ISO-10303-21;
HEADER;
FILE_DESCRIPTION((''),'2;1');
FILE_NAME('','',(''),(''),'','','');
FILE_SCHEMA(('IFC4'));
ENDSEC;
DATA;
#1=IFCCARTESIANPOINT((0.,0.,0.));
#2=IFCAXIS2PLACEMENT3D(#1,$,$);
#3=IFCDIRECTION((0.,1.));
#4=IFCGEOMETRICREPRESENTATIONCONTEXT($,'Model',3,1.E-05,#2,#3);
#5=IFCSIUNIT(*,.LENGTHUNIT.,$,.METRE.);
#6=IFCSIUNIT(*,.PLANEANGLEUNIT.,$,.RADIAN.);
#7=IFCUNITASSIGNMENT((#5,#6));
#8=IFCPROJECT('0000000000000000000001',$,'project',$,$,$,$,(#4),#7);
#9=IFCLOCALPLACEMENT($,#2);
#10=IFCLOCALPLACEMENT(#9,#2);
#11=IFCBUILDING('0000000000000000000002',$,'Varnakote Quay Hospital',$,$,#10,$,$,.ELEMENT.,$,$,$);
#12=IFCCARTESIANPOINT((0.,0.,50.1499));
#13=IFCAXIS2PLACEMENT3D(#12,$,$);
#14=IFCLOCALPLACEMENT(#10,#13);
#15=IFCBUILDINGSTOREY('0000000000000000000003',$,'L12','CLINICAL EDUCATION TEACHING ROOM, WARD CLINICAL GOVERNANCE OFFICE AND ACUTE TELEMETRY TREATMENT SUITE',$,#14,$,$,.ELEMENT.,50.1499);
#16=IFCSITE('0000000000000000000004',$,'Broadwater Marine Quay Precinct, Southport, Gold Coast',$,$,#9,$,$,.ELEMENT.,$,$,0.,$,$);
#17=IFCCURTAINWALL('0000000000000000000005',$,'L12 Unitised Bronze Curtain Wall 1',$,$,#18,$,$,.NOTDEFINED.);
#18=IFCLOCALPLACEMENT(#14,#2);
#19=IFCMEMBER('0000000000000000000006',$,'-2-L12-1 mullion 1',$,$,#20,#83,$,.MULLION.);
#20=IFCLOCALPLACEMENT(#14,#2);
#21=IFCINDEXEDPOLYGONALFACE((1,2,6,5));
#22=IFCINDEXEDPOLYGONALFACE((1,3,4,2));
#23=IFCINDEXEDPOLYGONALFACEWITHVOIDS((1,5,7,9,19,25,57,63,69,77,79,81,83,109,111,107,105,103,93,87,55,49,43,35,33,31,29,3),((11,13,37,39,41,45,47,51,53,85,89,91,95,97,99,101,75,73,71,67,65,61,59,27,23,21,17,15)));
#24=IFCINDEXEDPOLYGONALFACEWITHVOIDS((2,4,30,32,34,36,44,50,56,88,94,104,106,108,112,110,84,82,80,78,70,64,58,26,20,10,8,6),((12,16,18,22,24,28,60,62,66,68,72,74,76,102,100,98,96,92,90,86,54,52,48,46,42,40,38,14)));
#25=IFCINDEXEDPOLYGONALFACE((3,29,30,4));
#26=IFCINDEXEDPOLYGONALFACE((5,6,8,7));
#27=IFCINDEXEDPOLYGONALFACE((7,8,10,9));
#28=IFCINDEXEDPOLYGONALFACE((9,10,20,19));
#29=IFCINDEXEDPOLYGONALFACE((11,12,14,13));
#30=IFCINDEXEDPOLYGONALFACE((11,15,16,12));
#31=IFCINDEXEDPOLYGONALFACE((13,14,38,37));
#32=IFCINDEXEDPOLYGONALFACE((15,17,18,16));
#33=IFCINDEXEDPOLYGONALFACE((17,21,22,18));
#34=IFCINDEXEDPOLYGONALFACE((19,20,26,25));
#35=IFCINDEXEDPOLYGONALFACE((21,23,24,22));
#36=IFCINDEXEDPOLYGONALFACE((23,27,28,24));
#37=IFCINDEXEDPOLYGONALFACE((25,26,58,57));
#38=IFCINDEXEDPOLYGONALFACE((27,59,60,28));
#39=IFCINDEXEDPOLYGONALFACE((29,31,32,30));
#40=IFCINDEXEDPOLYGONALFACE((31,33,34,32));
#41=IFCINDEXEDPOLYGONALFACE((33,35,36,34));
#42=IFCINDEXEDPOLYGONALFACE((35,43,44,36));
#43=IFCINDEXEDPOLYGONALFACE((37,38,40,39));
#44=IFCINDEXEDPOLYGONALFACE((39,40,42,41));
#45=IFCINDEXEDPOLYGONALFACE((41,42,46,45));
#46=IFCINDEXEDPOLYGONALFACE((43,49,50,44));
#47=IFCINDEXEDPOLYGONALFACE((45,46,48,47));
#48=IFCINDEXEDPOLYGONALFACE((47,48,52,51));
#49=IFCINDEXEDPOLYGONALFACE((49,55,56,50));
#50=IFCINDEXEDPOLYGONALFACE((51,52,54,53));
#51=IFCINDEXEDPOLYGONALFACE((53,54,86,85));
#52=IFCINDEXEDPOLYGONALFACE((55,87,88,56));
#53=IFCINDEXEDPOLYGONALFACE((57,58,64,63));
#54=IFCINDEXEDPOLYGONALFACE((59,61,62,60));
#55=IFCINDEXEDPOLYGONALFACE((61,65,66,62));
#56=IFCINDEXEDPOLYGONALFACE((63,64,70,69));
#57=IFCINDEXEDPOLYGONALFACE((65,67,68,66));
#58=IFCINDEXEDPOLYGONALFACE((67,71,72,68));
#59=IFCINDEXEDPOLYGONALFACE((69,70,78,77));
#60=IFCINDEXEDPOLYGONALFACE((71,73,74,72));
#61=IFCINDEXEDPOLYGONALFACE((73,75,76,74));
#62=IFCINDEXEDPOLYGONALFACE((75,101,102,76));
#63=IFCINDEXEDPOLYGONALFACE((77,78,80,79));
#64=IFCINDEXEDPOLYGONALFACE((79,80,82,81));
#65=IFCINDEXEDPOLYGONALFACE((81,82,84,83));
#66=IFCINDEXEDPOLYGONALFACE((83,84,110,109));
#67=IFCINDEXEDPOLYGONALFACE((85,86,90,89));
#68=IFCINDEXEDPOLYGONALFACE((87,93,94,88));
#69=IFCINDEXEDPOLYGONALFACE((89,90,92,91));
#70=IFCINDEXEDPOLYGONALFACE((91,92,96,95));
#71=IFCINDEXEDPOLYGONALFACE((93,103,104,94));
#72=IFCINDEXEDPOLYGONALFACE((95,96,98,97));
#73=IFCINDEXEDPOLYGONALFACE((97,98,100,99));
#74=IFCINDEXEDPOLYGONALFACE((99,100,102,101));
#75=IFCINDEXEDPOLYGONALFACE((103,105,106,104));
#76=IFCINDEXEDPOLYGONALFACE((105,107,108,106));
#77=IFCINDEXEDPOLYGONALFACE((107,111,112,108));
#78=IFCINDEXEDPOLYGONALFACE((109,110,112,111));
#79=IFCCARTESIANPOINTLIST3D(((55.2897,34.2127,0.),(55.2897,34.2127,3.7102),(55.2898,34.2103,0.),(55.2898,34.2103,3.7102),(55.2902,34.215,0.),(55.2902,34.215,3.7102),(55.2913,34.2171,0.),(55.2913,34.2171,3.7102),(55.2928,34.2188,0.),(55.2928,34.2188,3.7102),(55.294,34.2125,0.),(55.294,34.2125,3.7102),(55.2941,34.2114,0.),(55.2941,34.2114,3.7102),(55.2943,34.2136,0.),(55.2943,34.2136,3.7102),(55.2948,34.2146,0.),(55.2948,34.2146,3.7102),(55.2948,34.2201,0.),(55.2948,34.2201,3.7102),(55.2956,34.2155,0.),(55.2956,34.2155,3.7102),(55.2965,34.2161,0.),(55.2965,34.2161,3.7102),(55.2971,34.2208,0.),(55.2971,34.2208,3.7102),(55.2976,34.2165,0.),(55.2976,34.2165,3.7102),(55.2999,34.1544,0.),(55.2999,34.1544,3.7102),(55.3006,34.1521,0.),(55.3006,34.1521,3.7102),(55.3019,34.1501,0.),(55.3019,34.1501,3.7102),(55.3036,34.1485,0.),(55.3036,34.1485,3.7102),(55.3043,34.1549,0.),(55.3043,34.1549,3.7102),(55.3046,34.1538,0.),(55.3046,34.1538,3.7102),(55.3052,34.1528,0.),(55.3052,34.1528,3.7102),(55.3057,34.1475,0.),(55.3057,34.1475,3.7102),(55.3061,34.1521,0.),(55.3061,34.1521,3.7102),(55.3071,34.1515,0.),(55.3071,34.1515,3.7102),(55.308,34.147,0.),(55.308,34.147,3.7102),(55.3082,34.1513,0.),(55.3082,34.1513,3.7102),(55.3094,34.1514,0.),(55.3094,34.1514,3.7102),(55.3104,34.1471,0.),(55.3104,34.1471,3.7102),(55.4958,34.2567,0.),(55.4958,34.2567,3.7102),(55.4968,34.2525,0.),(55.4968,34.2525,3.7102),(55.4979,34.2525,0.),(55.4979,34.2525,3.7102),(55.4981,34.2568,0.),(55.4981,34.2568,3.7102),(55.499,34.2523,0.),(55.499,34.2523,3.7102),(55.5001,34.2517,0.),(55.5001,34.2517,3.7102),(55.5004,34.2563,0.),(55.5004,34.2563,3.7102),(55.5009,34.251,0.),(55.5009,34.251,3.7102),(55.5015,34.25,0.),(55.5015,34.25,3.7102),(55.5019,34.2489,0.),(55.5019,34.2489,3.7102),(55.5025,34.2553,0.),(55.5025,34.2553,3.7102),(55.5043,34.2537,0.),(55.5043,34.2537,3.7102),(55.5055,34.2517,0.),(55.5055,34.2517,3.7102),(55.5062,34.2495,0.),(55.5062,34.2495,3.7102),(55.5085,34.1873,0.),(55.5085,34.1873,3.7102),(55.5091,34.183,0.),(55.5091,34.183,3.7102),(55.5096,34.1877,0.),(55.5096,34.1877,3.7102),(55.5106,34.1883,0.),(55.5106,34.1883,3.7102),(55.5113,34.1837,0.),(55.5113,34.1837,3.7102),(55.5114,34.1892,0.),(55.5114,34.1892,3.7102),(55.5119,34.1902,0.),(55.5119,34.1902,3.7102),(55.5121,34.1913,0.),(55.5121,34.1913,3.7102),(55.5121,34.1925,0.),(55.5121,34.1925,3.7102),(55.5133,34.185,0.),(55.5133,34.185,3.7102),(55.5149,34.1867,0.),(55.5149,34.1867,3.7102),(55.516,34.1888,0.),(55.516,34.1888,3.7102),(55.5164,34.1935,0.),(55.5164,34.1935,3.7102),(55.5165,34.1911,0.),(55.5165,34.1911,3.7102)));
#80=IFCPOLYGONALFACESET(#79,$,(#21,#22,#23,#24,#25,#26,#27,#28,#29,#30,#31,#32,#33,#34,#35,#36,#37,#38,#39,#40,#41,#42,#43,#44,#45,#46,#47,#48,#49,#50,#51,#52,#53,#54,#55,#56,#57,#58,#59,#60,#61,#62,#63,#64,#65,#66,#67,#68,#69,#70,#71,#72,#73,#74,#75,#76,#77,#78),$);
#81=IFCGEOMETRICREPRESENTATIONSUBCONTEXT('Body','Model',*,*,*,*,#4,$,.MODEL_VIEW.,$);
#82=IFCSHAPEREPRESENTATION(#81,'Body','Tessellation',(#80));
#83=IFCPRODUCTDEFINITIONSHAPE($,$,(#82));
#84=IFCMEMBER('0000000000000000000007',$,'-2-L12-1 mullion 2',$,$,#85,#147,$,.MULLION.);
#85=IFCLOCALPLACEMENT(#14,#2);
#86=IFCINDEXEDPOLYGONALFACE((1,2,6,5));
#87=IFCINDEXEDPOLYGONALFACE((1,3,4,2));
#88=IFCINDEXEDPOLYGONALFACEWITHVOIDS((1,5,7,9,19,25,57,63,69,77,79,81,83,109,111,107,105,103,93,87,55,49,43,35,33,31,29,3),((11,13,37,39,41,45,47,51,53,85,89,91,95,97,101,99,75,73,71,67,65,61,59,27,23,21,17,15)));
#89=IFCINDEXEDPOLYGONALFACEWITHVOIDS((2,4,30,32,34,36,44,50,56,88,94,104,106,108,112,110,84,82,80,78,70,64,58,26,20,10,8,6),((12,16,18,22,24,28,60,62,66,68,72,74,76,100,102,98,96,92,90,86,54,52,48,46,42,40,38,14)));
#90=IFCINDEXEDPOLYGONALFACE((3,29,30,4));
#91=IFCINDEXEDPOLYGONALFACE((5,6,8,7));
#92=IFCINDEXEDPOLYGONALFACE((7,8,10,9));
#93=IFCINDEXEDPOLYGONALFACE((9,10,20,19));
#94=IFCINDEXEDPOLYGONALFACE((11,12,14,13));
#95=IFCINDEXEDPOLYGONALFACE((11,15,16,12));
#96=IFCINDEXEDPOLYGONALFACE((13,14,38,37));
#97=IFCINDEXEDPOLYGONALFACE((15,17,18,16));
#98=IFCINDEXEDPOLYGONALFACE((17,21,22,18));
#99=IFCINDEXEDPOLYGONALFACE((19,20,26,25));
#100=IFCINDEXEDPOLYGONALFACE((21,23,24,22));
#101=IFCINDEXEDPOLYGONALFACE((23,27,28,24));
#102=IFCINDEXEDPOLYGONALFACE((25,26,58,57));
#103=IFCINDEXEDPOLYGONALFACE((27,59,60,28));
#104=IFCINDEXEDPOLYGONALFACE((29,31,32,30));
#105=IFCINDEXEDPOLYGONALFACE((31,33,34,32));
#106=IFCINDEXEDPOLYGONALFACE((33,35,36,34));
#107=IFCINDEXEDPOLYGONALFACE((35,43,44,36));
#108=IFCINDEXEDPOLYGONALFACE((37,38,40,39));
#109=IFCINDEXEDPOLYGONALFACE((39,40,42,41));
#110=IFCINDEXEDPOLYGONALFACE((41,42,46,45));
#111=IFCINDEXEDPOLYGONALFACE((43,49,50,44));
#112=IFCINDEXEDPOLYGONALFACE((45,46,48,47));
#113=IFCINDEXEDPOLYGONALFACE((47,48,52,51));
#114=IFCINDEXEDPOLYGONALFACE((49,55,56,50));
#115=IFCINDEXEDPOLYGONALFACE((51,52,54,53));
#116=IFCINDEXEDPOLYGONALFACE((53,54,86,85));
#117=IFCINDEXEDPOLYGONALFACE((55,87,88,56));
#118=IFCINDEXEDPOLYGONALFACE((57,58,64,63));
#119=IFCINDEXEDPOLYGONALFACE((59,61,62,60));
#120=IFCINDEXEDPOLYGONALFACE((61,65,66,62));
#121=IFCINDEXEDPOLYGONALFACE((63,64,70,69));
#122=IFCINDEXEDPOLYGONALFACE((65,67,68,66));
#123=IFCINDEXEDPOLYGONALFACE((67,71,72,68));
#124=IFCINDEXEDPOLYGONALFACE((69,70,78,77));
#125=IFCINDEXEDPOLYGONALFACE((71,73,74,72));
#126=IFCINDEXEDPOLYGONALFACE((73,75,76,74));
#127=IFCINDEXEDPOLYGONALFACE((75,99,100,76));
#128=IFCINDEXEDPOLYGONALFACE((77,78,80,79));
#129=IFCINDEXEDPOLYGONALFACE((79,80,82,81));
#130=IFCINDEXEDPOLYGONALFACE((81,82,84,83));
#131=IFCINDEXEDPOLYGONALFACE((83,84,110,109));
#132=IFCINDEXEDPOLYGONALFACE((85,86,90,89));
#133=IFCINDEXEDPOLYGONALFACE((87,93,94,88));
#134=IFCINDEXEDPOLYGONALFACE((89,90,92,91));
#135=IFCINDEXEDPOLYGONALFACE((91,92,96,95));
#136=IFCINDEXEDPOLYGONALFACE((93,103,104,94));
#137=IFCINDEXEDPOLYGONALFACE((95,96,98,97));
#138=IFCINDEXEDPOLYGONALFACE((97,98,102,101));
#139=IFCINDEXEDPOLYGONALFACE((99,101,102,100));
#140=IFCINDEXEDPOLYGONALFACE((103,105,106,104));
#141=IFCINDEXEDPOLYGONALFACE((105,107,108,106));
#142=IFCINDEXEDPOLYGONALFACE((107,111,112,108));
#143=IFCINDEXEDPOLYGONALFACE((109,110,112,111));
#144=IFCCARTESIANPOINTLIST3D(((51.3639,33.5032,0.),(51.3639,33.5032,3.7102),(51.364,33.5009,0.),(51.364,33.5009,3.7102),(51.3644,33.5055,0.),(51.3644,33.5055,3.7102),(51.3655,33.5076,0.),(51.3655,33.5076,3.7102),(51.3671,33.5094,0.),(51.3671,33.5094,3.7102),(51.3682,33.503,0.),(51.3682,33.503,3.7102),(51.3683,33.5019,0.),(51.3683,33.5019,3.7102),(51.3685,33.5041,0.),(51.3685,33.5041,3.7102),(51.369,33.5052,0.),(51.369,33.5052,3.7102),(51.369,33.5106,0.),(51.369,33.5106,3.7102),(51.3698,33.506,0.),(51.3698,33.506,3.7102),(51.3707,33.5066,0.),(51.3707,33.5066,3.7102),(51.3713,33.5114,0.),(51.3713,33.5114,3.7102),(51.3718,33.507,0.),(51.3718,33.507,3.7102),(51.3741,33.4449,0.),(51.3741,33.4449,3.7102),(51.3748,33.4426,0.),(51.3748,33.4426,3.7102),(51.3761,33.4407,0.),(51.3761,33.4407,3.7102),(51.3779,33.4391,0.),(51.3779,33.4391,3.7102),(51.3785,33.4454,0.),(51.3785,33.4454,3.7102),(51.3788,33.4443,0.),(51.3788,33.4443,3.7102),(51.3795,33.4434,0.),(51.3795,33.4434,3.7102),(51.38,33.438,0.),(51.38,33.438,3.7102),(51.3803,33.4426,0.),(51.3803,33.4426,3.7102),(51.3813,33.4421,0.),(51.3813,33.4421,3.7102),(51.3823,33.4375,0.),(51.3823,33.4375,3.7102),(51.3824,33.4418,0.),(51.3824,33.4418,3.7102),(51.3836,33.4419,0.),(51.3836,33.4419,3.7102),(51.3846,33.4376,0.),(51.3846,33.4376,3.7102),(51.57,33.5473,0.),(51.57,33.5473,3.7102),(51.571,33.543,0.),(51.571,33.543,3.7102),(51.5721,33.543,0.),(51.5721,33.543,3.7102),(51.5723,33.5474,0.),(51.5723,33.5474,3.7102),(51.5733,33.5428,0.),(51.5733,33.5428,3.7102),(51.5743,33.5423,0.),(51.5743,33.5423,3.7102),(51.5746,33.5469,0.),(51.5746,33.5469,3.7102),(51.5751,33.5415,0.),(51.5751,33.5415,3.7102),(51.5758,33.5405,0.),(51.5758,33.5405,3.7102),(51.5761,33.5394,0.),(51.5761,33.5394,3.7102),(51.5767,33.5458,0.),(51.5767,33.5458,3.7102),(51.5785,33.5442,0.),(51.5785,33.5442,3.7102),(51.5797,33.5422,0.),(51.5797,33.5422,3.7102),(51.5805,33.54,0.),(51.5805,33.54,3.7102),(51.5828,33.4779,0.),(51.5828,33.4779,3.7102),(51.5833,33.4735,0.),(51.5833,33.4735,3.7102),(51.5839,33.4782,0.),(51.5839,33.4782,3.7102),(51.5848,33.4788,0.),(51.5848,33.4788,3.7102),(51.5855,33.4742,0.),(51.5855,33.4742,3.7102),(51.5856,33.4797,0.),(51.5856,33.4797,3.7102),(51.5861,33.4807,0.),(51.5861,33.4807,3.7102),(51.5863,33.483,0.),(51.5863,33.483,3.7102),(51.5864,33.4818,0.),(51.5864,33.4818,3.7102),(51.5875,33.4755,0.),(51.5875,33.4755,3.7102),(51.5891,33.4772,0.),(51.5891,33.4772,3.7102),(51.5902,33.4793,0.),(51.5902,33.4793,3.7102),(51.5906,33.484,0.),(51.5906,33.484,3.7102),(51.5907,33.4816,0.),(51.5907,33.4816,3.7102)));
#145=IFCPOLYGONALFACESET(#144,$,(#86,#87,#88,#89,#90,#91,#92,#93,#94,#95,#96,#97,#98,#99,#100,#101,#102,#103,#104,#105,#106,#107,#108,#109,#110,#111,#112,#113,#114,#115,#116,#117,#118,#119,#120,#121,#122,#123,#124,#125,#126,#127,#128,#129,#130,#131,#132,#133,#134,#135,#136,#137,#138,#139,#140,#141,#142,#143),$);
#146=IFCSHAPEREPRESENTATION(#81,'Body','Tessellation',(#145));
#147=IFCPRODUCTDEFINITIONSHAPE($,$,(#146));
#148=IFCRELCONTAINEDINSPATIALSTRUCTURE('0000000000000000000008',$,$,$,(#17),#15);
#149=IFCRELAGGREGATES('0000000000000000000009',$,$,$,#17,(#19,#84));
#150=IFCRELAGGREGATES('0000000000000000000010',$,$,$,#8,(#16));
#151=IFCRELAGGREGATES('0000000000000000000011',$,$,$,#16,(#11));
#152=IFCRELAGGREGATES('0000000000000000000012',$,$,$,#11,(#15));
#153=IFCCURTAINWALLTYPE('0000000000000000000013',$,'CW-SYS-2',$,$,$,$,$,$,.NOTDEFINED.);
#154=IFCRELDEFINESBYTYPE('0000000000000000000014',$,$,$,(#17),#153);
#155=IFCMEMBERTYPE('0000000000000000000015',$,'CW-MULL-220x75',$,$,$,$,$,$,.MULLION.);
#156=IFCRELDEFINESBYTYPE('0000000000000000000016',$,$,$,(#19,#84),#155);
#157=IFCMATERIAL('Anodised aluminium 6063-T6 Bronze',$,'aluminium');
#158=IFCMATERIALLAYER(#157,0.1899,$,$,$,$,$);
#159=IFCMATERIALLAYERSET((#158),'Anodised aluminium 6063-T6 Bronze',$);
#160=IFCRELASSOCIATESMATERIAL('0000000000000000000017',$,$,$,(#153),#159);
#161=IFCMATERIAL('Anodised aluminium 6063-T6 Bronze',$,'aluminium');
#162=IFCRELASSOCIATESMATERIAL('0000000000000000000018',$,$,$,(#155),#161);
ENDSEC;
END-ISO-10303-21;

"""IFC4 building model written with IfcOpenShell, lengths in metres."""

from ifc_helpers import new_model, si_unit, direction, frame, origin, origin_2d, place, context, subcontext, project, spatial, hollow_rectangle, extrude, material, layer, layer_set, material_profile, profile_set, type_object, element, aggregate, save


model = new_model("IFC4")

# Units and contexts
model_context = context("Model", 3, precision=1e-05, world=origin(), true_north=direction((0.0, 1.0)))
body_context = subcontext(model_context, "Body", "Model", "MODEL_VIEW")
ifc_project = project(units=[si_unit("LENGTHUNIT", "METRE"), si_unit("PLANEANGLEUNIT", "RADIAN")], contexts=[model_context])

# Site, building, storey
site_placement = place(None, origin())
site = spatial("IfcSite", under=ifc_project, at=site_placement, Name="Broadwater Marine Quay Precinct, Southport, Gold Coast", CompositionType="ELEMENT", RefElevation=0.0)
building_placement = place(site_placement, origin())
building = spatial("IfcBuilding", under=site, at=building_placement, Name="Varnakote Quay Hospital", CompositionType="ELEMENT")
storey_placement = place(building_placement, frame((0.0, 0.0, 50.1499)))
storey = spatial("IfcBuildingStorey", under=building, at=storey_placement, Name="L12", Description="CLINICAL EDUCATION TEACHING ROOM, WARD CLINICAL GOVERNANCE OFFICE AND ACUTE TELEMETRY TREATMENT SUITE", CompositionType="ELEMENT", Elevation=50.1499)

# Curtain wall, members
ifc_material_1 = material(Name="Anodised aluminium 6063-T6 Bronze", Category="aluminium")
ifc_layer_1 = layer(ifc_material_1, 0.1899)
ifc_layer_set_1 = layer_set([ifc_layer_1], Name="Anodised aluminium 6063-T6 Bronze")
curtain_wall_type = type_object("IfcCurtainWallType", Name="CW-SYS-2", PredefinedType="NOTDEFINED", material=ifc_layer_set_1)
curtain_wall_placement = place(storey_placement, origin())
curtain_wall = element("IfcCurtainWall", 1, at=curtain_wall_placement, inside=storey, type_object=curtain_wall_type, Name="L12 Unitised Bronze Curtain Wall 1", PredefinedType="NOTDEFINED")
ifc_material_2 = material(Name="Anodised aluminium 6063-T6 Bronze", Category="aluminium")
ifc_material_profile_1 = material_profile(ifc_material_2, hollow_rectangle(XDim=0.075, YDim=0.22, WallThickness=0.0044, InnerFilletRadius=0.0044, OuterFilletRadius=0.009, at=origin_2d()), Name="CW-MULL-220x75")
ifc_profile_set_1 = profile_set([ifc_material_profile_1], Name="Anodised aluminium 6063-T6 Bronze")
member_type_1 = type_object("IfcMemberType", Name="CW-MULL-220x75", PredefinedType="MULLION", material=ifc_profile_set_1)
member_1_placement = place(storey_placement, frame((55.4031, 34.2019, 0.0), z_axis=(0.0, 0.0, 1.0), x_axis=(0.177846, -0.984058, 0.0)))
member_1 = element("IfcMember", 2, at=member_1_placement, type_object=member_type_1, Name="-2-L12-1 mullion 1", PredefinedType="MULLION", context=body_context, shape_type="SweptSolid", body=[
    extrude(hollow_rectangle(XDim=0.075, YDim=0.22, WallThickness=0.0044, InnerFilletRadius=0.0044, OuterFilletRadius=0.009, at=origin_2d()), origin(), (0.0, 0.0, 1.0), 3.7102),
])
member_2_placement = place(storey_placement, frame((51.4773, 33.4924, 0.0), z_axis=(0.0, 0.0, 1.0), x_axis=(0.177846, -0.984058, 0.0)))
member_2 = element("IfcMember", 3, at=member_2_placement, type_object=member_type_1, Name="-2-L12-1 mullion 2", PredefinedType="MULLION", context=body_context, shape_type="SweptSolid", body=[
    extrude(hollow_rectangle(XDim=0.075, YDim=0.22, WallThickness=0.0044, InnerFilletRadius=0.0044, OuterFilletRadius=0.009, at=origin_2d()), origin(), (0.0, 0.0, 1.0), 3.7102),
])
aggregate(curtain_wall, [member_1, member_2])

save(model, "model.ifc")
